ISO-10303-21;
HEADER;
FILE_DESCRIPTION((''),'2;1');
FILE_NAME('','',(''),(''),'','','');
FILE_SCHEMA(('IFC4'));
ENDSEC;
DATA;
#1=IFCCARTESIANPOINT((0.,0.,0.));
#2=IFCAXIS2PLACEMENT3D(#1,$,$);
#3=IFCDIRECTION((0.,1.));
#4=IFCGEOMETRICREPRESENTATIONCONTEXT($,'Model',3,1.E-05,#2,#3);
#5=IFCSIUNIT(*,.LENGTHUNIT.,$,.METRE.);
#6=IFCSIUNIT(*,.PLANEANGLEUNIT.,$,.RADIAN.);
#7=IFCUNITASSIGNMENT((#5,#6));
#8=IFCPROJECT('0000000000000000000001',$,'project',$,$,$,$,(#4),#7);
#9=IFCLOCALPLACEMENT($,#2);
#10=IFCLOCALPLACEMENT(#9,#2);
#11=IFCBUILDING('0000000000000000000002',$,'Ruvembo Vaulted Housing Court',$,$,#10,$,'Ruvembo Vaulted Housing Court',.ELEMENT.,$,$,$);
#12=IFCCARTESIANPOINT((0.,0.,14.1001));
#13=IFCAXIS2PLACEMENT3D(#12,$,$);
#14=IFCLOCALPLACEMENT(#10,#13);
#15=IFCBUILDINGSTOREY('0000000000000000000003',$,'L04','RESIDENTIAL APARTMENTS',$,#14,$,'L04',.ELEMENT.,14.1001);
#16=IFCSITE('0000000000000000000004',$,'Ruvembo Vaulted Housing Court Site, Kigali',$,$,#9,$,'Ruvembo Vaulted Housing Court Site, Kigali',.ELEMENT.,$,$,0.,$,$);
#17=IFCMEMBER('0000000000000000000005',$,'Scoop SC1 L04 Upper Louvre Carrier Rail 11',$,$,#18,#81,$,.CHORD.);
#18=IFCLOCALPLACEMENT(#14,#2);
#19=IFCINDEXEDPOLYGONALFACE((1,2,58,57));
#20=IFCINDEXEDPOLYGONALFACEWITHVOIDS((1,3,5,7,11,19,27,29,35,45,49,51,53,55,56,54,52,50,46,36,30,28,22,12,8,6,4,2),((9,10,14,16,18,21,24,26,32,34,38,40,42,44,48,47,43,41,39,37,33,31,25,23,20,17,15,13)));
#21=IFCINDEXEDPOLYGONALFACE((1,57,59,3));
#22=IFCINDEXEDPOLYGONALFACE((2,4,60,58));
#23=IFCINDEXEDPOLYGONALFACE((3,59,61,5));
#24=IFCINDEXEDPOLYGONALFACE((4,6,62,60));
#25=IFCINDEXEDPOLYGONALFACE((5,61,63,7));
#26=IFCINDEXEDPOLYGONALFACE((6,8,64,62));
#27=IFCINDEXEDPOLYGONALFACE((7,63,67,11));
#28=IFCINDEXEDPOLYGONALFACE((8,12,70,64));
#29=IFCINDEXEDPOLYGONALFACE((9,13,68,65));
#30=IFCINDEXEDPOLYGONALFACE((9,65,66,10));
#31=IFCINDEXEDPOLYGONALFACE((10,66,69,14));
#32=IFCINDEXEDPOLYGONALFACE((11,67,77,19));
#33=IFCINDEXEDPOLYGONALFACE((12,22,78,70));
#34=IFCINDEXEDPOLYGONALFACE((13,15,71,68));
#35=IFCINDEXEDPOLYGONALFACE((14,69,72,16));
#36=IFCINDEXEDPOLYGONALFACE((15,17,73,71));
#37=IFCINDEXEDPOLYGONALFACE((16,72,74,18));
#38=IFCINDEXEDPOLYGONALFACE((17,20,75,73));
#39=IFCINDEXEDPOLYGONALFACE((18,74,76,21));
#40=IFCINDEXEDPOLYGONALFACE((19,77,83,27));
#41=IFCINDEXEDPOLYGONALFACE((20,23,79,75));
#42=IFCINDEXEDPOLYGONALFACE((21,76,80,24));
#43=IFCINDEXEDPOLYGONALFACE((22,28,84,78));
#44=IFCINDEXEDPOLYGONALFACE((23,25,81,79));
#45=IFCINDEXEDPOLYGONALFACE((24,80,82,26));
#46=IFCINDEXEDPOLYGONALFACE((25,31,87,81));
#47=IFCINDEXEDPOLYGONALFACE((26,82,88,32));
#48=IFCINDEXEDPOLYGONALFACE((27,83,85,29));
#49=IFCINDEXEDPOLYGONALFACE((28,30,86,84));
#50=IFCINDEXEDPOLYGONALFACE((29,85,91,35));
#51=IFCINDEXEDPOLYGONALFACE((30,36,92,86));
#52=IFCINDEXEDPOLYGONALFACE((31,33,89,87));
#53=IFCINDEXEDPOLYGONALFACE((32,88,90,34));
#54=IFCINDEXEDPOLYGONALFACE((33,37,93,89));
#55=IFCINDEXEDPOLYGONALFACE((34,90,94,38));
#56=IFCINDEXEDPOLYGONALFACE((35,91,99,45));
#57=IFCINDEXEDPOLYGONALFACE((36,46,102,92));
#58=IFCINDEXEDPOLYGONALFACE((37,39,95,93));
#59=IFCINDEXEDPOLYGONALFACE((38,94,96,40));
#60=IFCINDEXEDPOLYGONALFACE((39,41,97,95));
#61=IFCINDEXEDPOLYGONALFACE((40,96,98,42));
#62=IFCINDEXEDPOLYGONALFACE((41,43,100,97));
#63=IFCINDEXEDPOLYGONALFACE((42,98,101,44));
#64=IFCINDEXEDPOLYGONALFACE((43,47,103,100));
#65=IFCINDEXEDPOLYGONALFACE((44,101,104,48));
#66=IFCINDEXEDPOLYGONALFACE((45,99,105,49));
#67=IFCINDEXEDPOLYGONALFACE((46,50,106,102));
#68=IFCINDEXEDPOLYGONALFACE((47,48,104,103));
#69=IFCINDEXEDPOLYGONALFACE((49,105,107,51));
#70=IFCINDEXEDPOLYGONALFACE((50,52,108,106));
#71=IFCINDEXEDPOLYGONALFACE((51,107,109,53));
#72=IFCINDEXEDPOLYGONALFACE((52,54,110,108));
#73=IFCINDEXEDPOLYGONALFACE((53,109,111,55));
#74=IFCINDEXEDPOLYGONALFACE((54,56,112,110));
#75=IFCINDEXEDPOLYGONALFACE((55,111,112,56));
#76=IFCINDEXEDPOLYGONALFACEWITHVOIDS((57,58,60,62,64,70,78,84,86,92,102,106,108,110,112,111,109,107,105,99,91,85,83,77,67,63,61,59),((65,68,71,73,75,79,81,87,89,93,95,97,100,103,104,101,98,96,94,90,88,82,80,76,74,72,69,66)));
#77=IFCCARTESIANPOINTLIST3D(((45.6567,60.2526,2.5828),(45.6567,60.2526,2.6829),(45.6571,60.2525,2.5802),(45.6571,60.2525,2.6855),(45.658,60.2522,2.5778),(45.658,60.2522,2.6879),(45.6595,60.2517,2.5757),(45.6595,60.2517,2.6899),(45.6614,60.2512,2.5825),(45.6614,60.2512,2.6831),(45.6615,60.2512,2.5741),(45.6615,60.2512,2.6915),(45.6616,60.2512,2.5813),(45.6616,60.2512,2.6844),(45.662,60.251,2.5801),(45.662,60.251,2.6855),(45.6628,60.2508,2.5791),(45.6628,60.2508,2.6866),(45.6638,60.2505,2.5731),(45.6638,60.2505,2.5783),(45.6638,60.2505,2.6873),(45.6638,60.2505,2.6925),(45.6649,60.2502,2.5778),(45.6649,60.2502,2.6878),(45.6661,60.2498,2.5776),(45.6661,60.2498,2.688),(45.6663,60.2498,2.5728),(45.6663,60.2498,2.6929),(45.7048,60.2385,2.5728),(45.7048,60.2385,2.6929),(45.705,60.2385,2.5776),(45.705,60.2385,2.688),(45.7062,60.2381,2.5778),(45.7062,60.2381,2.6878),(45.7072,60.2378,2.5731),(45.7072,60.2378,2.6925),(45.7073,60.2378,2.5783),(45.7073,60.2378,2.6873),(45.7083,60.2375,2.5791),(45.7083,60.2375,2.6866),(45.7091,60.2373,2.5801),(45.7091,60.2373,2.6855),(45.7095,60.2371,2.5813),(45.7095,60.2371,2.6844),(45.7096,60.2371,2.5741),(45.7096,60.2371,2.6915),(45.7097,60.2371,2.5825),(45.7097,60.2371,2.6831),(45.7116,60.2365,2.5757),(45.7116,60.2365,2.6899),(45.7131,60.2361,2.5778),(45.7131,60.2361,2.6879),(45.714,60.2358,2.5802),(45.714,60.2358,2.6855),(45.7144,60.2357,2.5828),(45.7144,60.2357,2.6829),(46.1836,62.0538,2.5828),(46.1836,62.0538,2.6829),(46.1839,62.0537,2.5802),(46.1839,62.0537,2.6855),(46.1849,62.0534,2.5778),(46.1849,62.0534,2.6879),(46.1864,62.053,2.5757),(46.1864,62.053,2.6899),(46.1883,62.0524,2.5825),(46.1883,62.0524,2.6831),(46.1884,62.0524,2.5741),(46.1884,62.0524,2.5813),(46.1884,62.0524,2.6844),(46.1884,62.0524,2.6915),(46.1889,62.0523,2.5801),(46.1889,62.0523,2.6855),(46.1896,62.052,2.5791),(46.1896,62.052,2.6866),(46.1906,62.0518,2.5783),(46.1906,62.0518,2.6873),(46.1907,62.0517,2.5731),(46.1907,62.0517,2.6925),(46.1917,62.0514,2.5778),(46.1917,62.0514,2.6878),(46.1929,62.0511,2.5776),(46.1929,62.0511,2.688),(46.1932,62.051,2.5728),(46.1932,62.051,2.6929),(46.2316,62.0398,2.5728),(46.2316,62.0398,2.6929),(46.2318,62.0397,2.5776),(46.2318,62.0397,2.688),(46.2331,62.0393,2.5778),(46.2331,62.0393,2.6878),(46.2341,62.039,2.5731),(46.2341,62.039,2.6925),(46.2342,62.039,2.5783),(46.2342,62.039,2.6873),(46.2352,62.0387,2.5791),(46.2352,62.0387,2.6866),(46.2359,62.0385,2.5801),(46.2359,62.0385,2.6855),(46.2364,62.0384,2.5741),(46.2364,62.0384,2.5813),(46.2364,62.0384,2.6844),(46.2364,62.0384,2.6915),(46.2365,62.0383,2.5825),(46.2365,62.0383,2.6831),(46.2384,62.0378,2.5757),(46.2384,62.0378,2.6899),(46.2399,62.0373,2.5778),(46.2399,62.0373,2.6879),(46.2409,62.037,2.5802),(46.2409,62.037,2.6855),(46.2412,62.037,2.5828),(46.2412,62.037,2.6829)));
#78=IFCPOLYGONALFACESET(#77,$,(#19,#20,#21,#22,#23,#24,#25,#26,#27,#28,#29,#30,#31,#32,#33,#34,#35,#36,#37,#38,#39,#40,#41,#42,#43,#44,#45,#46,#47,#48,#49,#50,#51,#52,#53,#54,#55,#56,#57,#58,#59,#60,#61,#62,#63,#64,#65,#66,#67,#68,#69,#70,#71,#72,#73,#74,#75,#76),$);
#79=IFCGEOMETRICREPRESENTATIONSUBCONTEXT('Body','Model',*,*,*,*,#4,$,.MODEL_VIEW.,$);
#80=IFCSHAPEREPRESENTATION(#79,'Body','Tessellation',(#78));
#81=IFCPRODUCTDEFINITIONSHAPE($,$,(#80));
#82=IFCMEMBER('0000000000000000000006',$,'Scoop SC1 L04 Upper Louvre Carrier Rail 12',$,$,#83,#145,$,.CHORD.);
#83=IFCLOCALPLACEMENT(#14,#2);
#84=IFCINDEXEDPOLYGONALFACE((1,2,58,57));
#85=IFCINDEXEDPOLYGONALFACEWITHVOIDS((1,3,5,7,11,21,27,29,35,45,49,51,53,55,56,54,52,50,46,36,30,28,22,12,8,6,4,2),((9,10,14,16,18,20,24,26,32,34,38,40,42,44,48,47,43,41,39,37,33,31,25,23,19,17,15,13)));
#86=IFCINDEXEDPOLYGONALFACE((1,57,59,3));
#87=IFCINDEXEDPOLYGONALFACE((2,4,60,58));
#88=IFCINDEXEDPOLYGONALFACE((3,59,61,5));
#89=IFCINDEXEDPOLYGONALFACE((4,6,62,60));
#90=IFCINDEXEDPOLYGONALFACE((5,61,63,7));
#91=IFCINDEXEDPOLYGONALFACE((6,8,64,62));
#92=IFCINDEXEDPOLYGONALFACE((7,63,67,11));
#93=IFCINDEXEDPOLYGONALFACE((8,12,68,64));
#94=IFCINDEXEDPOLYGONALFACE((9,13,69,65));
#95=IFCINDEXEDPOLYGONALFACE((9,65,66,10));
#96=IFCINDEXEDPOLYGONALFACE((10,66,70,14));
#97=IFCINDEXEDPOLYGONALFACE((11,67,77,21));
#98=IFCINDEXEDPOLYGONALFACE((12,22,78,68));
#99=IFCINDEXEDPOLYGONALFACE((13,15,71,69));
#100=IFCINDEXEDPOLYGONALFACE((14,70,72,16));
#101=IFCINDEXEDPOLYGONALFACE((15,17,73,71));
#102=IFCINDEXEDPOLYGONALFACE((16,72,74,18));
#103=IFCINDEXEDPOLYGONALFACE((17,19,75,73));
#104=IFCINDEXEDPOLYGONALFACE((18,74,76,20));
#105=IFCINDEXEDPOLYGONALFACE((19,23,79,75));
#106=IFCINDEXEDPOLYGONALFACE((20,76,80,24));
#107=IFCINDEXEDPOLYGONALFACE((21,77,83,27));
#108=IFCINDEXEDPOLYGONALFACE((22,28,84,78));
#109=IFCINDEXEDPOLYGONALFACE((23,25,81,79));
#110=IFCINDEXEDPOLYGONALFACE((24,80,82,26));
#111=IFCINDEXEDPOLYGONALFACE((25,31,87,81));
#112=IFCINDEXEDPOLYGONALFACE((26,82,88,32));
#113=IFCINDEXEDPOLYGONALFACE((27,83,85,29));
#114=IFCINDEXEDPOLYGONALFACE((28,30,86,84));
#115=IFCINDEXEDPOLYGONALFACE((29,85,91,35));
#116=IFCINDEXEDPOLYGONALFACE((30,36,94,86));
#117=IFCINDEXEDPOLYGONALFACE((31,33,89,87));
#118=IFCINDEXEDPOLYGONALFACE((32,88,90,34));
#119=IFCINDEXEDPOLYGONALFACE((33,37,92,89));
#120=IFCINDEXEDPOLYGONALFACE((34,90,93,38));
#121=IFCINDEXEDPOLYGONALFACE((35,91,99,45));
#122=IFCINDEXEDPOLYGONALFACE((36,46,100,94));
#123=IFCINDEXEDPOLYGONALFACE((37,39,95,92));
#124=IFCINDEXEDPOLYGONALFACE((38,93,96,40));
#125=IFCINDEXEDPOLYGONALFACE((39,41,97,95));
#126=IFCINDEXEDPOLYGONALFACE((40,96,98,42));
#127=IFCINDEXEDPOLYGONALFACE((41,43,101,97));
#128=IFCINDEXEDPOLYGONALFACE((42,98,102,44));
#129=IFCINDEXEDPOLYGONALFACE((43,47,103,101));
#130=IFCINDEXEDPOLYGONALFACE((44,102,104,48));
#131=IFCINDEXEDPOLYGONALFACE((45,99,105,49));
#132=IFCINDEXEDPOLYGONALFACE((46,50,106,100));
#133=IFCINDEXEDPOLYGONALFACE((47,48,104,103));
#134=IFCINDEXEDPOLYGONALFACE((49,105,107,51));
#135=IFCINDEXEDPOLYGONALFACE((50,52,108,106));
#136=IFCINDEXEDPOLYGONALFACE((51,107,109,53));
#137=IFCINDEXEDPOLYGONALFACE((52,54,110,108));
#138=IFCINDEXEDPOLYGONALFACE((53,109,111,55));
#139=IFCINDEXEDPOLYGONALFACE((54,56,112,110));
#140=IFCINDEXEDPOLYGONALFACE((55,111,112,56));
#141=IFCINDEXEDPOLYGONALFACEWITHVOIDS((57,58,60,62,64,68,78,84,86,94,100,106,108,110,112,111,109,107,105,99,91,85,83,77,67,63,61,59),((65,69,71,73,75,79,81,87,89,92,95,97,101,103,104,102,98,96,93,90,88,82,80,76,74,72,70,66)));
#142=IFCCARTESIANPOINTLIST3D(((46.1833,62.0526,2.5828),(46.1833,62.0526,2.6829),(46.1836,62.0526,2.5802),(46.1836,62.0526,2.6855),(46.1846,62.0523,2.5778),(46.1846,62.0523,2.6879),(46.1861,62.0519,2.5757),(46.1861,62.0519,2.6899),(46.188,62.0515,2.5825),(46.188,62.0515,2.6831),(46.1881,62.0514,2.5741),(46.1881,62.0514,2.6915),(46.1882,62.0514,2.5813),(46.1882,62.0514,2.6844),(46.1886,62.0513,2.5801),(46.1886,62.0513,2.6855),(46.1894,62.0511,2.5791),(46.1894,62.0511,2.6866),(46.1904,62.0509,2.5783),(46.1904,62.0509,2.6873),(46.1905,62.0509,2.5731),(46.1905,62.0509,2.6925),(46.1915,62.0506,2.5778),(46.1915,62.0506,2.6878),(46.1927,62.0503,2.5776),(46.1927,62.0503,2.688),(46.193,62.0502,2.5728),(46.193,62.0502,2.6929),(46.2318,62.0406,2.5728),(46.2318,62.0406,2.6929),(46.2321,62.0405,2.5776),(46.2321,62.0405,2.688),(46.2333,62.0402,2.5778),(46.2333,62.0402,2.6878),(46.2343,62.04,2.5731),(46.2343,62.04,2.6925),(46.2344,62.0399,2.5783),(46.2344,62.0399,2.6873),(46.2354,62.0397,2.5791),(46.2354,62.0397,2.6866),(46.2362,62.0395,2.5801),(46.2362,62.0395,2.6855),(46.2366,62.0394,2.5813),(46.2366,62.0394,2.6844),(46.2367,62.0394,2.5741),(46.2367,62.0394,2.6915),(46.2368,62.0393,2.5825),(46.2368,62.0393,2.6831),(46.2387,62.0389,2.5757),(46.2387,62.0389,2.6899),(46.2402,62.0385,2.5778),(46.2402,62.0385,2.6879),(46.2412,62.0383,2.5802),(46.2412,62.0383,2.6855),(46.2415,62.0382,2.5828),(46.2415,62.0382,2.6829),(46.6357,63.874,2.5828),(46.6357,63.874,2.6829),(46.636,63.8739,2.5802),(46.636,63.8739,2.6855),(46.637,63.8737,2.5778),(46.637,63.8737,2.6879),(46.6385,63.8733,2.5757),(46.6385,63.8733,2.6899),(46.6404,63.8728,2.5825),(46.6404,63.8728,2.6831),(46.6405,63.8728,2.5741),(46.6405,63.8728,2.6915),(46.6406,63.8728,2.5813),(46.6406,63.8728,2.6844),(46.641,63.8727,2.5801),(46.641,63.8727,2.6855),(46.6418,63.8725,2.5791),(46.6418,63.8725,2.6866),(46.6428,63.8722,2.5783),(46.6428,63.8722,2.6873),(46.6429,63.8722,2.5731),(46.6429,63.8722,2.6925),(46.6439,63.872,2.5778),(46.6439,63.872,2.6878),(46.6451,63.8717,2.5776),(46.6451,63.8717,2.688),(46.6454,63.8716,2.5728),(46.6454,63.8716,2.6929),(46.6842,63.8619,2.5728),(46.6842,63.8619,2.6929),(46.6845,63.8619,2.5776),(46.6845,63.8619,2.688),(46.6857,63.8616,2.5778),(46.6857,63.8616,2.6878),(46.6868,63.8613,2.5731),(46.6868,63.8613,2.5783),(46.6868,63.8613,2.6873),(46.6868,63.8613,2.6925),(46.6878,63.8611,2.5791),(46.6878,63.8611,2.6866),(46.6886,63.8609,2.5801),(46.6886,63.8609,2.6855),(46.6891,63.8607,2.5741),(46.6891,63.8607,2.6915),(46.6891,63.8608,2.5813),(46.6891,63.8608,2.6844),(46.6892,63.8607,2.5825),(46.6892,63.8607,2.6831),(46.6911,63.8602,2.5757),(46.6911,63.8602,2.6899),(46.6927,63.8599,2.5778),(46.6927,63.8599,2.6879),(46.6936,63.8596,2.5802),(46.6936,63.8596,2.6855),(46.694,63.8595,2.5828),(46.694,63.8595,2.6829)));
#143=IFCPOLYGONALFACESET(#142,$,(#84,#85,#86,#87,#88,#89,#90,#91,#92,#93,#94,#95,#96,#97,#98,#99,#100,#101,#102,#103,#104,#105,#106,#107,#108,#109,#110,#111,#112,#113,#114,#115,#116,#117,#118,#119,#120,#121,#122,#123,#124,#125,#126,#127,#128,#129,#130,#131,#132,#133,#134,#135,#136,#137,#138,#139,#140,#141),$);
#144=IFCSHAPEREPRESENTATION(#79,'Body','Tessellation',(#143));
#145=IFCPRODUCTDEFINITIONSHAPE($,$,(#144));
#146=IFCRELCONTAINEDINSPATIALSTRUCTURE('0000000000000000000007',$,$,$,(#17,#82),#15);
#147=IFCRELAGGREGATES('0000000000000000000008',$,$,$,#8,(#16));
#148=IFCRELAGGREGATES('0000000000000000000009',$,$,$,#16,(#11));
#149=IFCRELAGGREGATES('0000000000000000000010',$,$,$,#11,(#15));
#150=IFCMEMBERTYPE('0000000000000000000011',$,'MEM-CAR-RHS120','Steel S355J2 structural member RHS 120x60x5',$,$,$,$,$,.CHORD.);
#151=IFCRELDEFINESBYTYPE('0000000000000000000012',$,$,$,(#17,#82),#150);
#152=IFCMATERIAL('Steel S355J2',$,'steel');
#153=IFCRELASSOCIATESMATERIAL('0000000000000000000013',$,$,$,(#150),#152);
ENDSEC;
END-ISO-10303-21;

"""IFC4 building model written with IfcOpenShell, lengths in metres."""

from ifc_helpers import new_model, si_unit, direction, frame, origin, origin_2d, place, context, subcontext, project, spatial, hollow_rectangle, extrude, material, material_profile, profile_set, type_object, element, save


model = new_model("IFC4")

# Units and contexts
model_context = context("Model", 3, precision=1e-05, world=origin(), true_north=direction((0.0, 1.0)))
body_context = subcontext(model_context, "Body", "Model", "MODEL_VIEW")
ifc_project = project(units=[si_unit("LENGTHUNIT", "METRE"), si_unit("PLANEANGLEUNIT", "RADIAN")], contexts=[model_context])

# Site, building, storey
site_placement = place(None, origin())
site = spatial("IfcSite", under=ifc_project, at=site_placement, Name="Ruvembo Vaulted Housing Court Site, Kigali", LongName="Ruvembo Vaulted Housing Court Site, Kigali", CompositionType="ELEMENT", RefElevation=0.0)
building_placement = place(site_placement, origin())
building = spatial("IfcBuilding", under=site, at=building_placement, Name="Ruvembo Vaulted Housing Court", LongName="Ruvembo Vaulted Housing Court", CompositionType="ELEMENT")
storey_placement = place(building_placement, frame((0.0, 0.0, 14.1001)))
storey = spatial("IfcBuildingStorey", under=building, at=storey_placement, Name="L04", Description="RESIDENTIAL APARTMENTS", LongName="L04", CompositionType="ELEMENT", Elevation=14.1001)

# Shared definitions
ifc_material_1 = material(Name="Steel S355J2", Category="steel")

# Members
ifc_material_profile_1 = material_profile(ifc_material_1, hollow_rectangle(XDim=0.0601, YDim=0.1201, WallThickness=0.0049, InnerFilletRadius=0.0049, OuterFilletRadius=0.01, at=origin_2d()), Name="RHS 120x60x5")
ifc_profile_set_1 = profile_set([ifc_material_profile_1], Name="Steel S355J2")
member_type_1 = type_object("IfcMemberType", Name="MEM-CAR-RHS120", Description="Steel S355J2 structural member RHS 120x60x5", PredefinedType="CHORD", material=ifc_profile_set_1)
for number, where, z_axis, x_axis, name in (
    (1, (45.6855, 60.2441, 2.6328), (0.280729, 0.959787, 0.0), (-0.959787, 0.280729, 0.0), "Scoop SC1 L04 Upper Louvre Carrier Rail 11"),
    (2, (46.2124, 62.0454, 2.6328), (0.241066, 0.970509, 0.0), (-0.970509, 0.241066, 0.0), "Scoop SC1 L04 Upper Louvre Carrier Rail 12"),
):
    element("IfcMember", number, at=place(storey_placement, frame(where, z_axis=z_axis, x_axis=x_axis)), inside=storey, type_object=member_type_1, Name=name, PredefinedType="CHORD", context=body_context, shape_type="SweptSolid", body=[
        extrude(hollow_rectangle(XDim=0.0601, YDim=0.1201, WallThickness=0.0049, InnerFilletRadius=0.0049, OuterFilletRadius=0.01, at=origin_2d()), origin(), (0.0, 0.0, 1.0), 1.8767),
    ])

save(model, "model.ifc")
